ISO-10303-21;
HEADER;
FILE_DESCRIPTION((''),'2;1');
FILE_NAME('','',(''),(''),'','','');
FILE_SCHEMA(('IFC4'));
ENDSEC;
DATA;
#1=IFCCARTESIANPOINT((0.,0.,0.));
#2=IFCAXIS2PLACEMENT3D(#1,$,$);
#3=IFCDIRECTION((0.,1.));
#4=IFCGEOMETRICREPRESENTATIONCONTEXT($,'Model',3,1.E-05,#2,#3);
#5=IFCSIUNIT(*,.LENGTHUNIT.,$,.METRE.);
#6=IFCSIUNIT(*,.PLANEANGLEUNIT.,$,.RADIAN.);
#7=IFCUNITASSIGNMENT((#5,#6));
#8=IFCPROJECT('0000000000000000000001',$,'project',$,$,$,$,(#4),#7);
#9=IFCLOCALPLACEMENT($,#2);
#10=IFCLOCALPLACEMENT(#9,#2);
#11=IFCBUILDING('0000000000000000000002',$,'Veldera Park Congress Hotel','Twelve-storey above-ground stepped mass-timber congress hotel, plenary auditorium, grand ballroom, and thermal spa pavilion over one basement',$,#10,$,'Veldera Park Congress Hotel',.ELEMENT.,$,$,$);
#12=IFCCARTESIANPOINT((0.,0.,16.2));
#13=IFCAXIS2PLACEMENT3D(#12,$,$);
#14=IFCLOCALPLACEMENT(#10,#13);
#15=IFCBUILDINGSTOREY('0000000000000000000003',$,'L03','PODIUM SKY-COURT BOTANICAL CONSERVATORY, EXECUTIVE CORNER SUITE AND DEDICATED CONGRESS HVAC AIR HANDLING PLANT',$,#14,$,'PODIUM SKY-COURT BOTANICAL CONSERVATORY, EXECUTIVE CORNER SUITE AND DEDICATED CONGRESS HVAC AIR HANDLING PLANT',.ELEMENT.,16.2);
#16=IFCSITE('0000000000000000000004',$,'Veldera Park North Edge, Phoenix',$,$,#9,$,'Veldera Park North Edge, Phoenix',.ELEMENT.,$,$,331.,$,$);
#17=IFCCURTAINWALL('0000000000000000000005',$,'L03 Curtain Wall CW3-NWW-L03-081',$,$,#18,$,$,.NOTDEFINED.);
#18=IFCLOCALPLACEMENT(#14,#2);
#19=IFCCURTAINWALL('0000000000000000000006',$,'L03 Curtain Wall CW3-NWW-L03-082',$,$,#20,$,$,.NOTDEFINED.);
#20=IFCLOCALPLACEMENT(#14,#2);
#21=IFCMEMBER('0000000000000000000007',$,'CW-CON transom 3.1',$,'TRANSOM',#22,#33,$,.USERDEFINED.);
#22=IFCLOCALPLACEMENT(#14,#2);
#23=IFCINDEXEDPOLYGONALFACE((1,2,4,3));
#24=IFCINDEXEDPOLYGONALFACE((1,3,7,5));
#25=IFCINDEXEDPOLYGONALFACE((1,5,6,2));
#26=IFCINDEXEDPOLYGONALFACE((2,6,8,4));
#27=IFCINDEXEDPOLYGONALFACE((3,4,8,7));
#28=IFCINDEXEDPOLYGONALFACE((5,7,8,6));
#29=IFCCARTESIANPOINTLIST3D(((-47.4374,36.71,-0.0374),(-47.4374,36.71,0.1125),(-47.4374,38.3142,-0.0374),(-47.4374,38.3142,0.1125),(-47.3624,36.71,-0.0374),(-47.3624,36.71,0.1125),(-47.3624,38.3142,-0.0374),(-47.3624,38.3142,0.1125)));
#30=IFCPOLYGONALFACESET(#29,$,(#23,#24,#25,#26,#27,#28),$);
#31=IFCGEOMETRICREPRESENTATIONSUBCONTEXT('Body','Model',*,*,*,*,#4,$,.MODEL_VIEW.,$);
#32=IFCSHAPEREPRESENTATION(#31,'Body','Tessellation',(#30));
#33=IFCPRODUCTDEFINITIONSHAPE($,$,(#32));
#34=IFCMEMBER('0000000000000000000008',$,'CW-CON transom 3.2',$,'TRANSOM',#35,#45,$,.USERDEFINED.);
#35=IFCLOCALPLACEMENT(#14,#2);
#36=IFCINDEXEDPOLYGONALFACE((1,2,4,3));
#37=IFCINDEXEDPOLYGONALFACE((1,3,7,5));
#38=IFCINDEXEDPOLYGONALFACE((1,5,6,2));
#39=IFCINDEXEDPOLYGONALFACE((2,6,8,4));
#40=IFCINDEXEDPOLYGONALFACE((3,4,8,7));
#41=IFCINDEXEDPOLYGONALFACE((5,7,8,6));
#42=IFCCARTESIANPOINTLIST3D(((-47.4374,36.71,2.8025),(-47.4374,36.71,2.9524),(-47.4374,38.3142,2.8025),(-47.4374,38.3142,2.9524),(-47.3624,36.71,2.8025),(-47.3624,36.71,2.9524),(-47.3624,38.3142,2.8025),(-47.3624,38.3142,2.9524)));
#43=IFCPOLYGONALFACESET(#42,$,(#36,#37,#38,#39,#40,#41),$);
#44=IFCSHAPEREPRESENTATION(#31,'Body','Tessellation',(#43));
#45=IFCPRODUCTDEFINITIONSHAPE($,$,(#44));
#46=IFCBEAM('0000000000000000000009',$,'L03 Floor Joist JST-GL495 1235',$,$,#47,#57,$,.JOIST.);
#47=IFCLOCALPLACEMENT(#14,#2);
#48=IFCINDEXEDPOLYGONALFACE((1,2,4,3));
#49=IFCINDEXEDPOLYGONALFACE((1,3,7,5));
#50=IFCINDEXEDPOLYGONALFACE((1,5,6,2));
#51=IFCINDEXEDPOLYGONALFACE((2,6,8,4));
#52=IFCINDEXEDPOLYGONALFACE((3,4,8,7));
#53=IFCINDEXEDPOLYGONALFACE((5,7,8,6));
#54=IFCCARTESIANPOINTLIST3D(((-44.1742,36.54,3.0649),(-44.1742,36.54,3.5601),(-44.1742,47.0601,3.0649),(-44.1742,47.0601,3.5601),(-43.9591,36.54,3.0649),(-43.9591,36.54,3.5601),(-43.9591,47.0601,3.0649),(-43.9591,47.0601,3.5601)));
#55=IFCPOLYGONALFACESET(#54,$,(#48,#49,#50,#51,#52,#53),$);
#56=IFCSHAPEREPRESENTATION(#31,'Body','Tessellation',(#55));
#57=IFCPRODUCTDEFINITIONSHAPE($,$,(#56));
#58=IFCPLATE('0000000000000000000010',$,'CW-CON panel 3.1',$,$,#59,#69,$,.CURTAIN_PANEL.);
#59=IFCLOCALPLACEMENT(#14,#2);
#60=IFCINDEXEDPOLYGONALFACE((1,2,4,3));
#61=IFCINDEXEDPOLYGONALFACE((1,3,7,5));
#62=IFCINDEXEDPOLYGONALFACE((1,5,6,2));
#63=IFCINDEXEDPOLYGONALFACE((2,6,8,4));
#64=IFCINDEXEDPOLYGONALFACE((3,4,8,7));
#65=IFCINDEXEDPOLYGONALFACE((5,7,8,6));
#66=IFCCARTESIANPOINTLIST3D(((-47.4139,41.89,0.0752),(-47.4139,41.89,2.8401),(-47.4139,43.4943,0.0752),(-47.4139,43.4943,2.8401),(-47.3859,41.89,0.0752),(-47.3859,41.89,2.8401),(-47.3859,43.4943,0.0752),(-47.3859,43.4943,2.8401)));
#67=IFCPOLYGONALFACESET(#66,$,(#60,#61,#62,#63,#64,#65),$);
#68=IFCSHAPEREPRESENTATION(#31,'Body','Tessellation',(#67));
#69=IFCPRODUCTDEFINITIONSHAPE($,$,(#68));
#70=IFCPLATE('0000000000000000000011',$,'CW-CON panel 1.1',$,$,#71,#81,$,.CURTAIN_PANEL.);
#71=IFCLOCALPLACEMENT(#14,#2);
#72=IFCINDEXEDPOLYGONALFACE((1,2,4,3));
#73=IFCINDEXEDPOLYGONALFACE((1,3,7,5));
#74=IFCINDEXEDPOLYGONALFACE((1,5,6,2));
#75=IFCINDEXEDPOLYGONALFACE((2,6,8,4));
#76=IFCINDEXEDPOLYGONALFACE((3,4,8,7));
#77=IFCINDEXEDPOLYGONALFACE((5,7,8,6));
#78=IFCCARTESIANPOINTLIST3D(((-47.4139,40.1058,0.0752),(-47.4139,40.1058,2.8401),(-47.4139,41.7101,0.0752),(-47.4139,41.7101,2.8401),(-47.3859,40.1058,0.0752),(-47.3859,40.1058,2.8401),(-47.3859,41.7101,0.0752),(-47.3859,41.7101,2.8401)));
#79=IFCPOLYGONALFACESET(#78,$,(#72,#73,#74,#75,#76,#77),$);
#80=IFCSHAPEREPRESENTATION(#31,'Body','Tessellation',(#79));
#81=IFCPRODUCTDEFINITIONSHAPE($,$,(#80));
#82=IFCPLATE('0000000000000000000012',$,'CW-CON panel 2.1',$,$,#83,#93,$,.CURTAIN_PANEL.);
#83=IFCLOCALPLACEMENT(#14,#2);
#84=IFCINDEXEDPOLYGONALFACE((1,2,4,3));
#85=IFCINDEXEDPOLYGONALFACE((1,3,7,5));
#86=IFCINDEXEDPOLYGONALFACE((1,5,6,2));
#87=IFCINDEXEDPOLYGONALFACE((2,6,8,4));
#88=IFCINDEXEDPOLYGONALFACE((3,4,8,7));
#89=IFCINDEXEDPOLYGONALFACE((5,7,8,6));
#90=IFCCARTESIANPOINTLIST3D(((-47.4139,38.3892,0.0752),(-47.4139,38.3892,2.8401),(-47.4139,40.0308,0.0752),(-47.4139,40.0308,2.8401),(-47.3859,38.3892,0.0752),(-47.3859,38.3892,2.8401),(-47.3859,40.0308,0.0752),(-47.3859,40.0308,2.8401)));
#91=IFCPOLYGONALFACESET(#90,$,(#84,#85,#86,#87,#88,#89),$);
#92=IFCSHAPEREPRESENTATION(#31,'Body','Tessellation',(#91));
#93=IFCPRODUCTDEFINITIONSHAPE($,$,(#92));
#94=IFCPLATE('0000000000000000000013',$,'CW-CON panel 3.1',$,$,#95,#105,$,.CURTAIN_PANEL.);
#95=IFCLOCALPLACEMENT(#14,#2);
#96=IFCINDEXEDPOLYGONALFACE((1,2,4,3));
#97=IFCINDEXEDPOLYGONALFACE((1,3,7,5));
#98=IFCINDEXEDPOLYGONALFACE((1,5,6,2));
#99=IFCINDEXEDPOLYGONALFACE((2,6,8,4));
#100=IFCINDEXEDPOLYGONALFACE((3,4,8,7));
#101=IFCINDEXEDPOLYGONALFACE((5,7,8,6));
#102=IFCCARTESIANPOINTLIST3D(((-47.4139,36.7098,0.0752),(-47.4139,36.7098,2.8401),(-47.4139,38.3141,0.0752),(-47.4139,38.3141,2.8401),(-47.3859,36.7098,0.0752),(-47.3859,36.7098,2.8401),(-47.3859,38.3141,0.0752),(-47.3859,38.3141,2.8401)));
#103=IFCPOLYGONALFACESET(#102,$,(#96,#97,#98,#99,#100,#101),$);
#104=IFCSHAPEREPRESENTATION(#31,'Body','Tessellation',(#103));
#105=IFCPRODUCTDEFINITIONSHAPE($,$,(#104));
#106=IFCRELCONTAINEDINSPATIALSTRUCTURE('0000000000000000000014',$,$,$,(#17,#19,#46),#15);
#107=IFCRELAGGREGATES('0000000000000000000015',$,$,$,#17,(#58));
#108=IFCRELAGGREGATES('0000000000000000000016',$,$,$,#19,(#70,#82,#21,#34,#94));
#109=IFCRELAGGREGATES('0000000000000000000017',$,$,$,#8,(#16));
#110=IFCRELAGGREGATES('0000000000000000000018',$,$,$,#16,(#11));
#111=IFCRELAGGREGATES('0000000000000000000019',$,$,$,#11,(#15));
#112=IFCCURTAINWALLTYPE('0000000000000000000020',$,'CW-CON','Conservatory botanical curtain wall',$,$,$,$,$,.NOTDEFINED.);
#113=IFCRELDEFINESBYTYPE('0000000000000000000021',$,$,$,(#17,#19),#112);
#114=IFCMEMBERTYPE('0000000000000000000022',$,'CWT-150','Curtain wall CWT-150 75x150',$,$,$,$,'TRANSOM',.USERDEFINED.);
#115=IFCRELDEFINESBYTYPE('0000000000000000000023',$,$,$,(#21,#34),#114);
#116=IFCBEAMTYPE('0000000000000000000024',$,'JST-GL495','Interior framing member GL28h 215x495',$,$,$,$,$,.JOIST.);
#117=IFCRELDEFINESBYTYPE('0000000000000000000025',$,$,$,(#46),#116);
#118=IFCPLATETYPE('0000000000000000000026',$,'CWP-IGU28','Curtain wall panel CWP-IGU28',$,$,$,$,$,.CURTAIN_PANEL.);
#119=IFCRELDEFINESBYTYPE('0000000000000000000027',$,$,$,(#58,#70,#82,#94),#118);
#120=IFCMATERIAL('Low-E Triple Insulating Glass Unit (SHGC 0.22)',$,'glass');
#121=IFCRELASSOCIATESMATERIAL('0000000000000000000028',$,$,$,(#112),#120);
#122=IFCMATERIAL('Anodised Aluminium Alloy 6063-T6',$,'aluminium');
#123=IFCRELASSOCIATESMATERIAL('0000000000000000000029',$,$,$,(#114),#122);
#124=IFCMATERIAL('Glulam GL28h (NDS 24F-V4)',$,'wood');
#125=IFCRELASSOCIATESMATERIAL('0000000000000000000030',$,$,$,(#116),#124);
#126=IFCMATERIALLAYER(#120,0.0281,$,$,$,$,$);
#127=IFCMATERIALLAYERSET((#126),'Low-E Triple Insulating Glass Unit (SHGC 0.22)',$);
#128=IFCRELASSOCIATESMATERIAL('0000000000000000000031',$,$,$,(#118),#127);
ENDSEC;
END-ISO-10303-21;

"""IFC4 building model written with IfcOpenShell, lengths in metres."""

from ifc_helpers import new_model, si_unit, direction, frame, origin, origin_2d, place, context, subcontext, project, spatial, rectangle, extrude, material, layer, layer_set, material_profile, profile_set, type_object, element, aggregate, save


model = new_model("IFC4")

# Units and contexts
model_context = context("Model", 3, precision=1e-05, world=origin(), true_north=direction((0.0, 1.0)))
body_context = subcontext(model_context, "Body", "Model", "MODEL_VIEW")
ifc_project = project(units=[si_unit("LENGTHUNIT", "METRE"), si_unit("PLANEANGLEUNIT", "RADIAN")], contexts=[model_context])

# Site, building, storey
site_placement = place(None, origin())
site = spatial("IfcSite", under=ifc_project, at=site_placement, Name="Veldera Park North Edge, Phoenix", LongName="Veldera Park North Edge, Phoenix", CompositionType="ELEMENT", RefElevation=331.0)
building_placement = place(site_placement, origin())
building = spatial("IfcBuilding", under=site, at=building_placement, Name="Veldera Park Congress Hotel", Description="Twelve-storey above-ground stepped mass-timber congress hotel, plenary auditorium, grand ballroom, and thermal spa pavilion over one basement", LongName="Veldera Park Congress Hotel", CompositionType="ELEMENT")
storey_placement = place(building_placement, frame((0.0, 0.0, 16.2)))
storey = spatial("IfcBuildingStorey", under=building, at=storey_placement, Name="L03", Description="PODIUM SKY-COURT BOTANICAL CONSERVATORY, EXECUTIVE CORNER SUITE AND DEDICATED CONGRESS HVAC AIR HANDLING PLANT", LongName="PODIUM SKY-COURT BOTANICAL CONSERVATORY, EXECUTIVE CORNER SUITE AND DEDICATED CONGRESS HVAC AIR HANDLING PLANT", CompositionType="ELEMENT", Elevation=16.2)

# Shared definitions
ifc_material_1 = material(Name="Glulam GL28h (NDS 24F-V4)", Category="wood")

# Curtain walls
ifc_material_2 = material(Name="Low-E Triple Insulating Glass Unit (SHGC 0.22)", Category="glass")
curtain_wall_type = type_object("IfcCurtainWallType", Name="CW-CON", Description="Conservatory botanical curtain wall", PredefinedType="NOTDEFINED", material=ifc_material_2)
curtain_wall_1_placement = place(storey_placement, origin())
curtain_wall_1 = element("IfcCurtainWall", 1, at=curtain_wall_1_placement, inside=storey, type_object=curtain_wall_type, Name="L03 Curtain Wall CW3-NWW-L03-081", PredefinedType="NOTDEFINED")
ifc_material_3 = material(Name="Anodised Aluminium Alloy 6063-T6", Category="aluminium")
curtain_wall_2_placement = place(storey_placement, origin())
curtain_wall_2 = element("IfcCurtainWall", 2, at=curtain_wall_2_placement, inside=storey, type_object=curtain_wall_type, Name="L03 Curtain Wall CW3-NWW-L03-082", PredefinedType="NOTDEFINED")

# Members
ifc_material_profile_1 = material_profile(ifc_material_3, rectangle(XDim=0.075, YDim=0.1499, at=origin_2d()), Name="ALU 75x150")
ifc_profile_set_1 = profile_set([ifc_material_profile_1], Name="Anodised Aluminium Alloy 6063-T6")
member_type_1 = type_object("IfcMemberType", Name="CWT-150", Description="Curtain wall CWT-150 75x150", ElementType="TRANSOM", PredefinedType="USERDEFINED", material=ifc_profile_set_1)
member_1_placement = place(storey_placement, frame((-47.3999, 38.3142, 0.0376), z_axis=(0.0, -1.0, 0.0), x_axis=(1.0, 0.0, 0.0)))
member_1 = element("IfcMember", 3, at=member_1_placement, type_object=member_type_1, Name="CW-CON transom 3.1", ObjectType="TRANSOM", PredefinedType="USERDEFINED", context=body_context, shape_type="SweptSolid", body=[
    extrude(rectangle(XDim=0.075, YDim=0.1499, at=origin_2d()), origin(), (0.0, 0.0, 1.0), 1.6042),
])
member_2_placement = place(storey_placement, frame((-47.3999, 38.3142, 2.8774), z_axis=(0.0, -1.0, 0.0), x_axis=(1.0, 0.0, 0.0)))
member_2 = element("IfcMember", 4, at=member_2_placement, type_object=member_type_1, Name="CW-CON transom 3.2", ObjectType="TRANSOM", PredefinedType="USERDEFINED", context=body_context, shape_type="SweptSolid", body=[
    extrude(rectangle(XDim=0.075, YDim=0.1499, at=origin_2d()), origin(), (0.0, 0.0, 1.0), 1.6042),
])

# Beam
ifc_material_profile_2 = material_profile(ifc_material_1, rectangle(XDim=0.2151, YDim=0.4951, at=origin_2d()), Name="GL28h 215x495")
ifc_profile_set_2 = profile_set([ifc_material_profile_2], Name="Glulam GL28h (NDS 24F-V4)")
beam_type_1 = type_object("IfcBeamType", Name="JST-GL495", Description="Interior framing member GL28h 215x495", PredefinedType="JOIST", material=ifc_profile_set_2)
beam_1_placement = place(storey_placement, frame((-44.0667, 36.54, 3.3125), z_axis=(0.0, 1.0, 0.0), x_axis=(-1.0, 0.0, 0.0)))
element("IfcBeam", 5, at=beam_1_placement, inside=storey, type_object=beam_type_1, Name="L03 Floor Joist JST-GL495 1235", PredefinedType="JOIST", context=body_context, shape_type="SweptSolid", body=[
    extrude(rectangle(XDim=0.2151, YDim=0.4951, at=origin_2d()), origin(), (0.0, 0.0, 1.0), 10.52),
])

# Plates
ifc_layer = layer(ifc_material_2, 0.0281)
ifc_layer_set = layer_set([ifc_layer], Name="Low-E Triple Insulating Glass Unit (SHGC 0.22)")
plate_type = type_object("IfcPlateType", Name="CWP-IGU28", Description="Curtain wall panel CWP-IGU28", PredefinedType="CURTAIN_PANEL", material=ifc_layer_set)
plate_1_placement = place(storey_placement, frame((-47.3999, 42.6921, 0.0752), z_axis=(0.0, 0.0, 1.0), x_axis=(0.0, -1.0, 0.0)))
plate_1 = element("IfcPlate", 6, at=plate_1_placement, type_object=plate_type, Name="CW-CON panel 3.1", PredefinedType="CURTAIN_PANEL", context=body_context, shape_type="SweptSolid", body=[
    extrude(rectangle(XDim=1.6042, YDim=0.0281, at=origin_2d()), origin(), (0.0, 0.0, 1.0), 2.7649),
])
aggregate(curtain_wall_1, [plate_1])
plate_2_placement = place(storey_placement, frame((-47.3999, 40.908, 0.0752), z_axis=(0.0, 0.0, 1.0), x_axis=(0.0, -1.0, 0.0)))
plate_2 = element("IfcPlate", 7, at=plate_2_placement, type_object=plate_type, Name="CW-CON panel 1.1", PredefinedType="CURTAIN_PANEL", context=body_context, shape_type="SweptSolid", body=[
    extrude(rectangle(XDim=1.6042, YDim=0.0281, at=origin_2d()), origin(), (0.0, 0.0, 1.0), 2.7649),
])
plate_3_placement = place(storey_placement, frame((-47.3999, 39.21, 0.0752), z_axis=(0.0, 0.0, 1.0), x_axis=(0.0, -1.0, 0.0)))
plate_3 = element("IfcPlate", 8, at=plate_3_placement, type_object=plate_type, Name="CW-CON panel 2.1", PredefinedType="CURTAIN_PANEL", context=body_context, shape_type="SweptSolid", body=[
    extrude(rectangle(XDim=1.6416, YDim=0.0281, at=origin_2d()), origin(), (0.0, 0.0, 1.0), 2.7649),
])
plate_4_placement = place(storey_placement, frame((-47.3999, 37.512, 0.0752), z_axis=(0.0, 0.0, 1.0), x_axis=(0.0, -1.0, 0.0)))
plate_4 = element("IfcPlate", 9, at=plate_4_placement, type_object=plate_type, Name="CW-CON panel 3.1", PredefinedType="CURTAIN_PANEL", context=body_context, shape_type="SweptSolid", body=[
    extrude(rectangle(XDim=1.6042, YDim=0.0281, at=origin_2d()), origin(), (0.0, 0.0, 1.0), 2.7649),
])
aggregate(curtain_wall_2, [plate_2, plate_3, member_1, member_2, plate_4])

save(model, "model.ifc")
